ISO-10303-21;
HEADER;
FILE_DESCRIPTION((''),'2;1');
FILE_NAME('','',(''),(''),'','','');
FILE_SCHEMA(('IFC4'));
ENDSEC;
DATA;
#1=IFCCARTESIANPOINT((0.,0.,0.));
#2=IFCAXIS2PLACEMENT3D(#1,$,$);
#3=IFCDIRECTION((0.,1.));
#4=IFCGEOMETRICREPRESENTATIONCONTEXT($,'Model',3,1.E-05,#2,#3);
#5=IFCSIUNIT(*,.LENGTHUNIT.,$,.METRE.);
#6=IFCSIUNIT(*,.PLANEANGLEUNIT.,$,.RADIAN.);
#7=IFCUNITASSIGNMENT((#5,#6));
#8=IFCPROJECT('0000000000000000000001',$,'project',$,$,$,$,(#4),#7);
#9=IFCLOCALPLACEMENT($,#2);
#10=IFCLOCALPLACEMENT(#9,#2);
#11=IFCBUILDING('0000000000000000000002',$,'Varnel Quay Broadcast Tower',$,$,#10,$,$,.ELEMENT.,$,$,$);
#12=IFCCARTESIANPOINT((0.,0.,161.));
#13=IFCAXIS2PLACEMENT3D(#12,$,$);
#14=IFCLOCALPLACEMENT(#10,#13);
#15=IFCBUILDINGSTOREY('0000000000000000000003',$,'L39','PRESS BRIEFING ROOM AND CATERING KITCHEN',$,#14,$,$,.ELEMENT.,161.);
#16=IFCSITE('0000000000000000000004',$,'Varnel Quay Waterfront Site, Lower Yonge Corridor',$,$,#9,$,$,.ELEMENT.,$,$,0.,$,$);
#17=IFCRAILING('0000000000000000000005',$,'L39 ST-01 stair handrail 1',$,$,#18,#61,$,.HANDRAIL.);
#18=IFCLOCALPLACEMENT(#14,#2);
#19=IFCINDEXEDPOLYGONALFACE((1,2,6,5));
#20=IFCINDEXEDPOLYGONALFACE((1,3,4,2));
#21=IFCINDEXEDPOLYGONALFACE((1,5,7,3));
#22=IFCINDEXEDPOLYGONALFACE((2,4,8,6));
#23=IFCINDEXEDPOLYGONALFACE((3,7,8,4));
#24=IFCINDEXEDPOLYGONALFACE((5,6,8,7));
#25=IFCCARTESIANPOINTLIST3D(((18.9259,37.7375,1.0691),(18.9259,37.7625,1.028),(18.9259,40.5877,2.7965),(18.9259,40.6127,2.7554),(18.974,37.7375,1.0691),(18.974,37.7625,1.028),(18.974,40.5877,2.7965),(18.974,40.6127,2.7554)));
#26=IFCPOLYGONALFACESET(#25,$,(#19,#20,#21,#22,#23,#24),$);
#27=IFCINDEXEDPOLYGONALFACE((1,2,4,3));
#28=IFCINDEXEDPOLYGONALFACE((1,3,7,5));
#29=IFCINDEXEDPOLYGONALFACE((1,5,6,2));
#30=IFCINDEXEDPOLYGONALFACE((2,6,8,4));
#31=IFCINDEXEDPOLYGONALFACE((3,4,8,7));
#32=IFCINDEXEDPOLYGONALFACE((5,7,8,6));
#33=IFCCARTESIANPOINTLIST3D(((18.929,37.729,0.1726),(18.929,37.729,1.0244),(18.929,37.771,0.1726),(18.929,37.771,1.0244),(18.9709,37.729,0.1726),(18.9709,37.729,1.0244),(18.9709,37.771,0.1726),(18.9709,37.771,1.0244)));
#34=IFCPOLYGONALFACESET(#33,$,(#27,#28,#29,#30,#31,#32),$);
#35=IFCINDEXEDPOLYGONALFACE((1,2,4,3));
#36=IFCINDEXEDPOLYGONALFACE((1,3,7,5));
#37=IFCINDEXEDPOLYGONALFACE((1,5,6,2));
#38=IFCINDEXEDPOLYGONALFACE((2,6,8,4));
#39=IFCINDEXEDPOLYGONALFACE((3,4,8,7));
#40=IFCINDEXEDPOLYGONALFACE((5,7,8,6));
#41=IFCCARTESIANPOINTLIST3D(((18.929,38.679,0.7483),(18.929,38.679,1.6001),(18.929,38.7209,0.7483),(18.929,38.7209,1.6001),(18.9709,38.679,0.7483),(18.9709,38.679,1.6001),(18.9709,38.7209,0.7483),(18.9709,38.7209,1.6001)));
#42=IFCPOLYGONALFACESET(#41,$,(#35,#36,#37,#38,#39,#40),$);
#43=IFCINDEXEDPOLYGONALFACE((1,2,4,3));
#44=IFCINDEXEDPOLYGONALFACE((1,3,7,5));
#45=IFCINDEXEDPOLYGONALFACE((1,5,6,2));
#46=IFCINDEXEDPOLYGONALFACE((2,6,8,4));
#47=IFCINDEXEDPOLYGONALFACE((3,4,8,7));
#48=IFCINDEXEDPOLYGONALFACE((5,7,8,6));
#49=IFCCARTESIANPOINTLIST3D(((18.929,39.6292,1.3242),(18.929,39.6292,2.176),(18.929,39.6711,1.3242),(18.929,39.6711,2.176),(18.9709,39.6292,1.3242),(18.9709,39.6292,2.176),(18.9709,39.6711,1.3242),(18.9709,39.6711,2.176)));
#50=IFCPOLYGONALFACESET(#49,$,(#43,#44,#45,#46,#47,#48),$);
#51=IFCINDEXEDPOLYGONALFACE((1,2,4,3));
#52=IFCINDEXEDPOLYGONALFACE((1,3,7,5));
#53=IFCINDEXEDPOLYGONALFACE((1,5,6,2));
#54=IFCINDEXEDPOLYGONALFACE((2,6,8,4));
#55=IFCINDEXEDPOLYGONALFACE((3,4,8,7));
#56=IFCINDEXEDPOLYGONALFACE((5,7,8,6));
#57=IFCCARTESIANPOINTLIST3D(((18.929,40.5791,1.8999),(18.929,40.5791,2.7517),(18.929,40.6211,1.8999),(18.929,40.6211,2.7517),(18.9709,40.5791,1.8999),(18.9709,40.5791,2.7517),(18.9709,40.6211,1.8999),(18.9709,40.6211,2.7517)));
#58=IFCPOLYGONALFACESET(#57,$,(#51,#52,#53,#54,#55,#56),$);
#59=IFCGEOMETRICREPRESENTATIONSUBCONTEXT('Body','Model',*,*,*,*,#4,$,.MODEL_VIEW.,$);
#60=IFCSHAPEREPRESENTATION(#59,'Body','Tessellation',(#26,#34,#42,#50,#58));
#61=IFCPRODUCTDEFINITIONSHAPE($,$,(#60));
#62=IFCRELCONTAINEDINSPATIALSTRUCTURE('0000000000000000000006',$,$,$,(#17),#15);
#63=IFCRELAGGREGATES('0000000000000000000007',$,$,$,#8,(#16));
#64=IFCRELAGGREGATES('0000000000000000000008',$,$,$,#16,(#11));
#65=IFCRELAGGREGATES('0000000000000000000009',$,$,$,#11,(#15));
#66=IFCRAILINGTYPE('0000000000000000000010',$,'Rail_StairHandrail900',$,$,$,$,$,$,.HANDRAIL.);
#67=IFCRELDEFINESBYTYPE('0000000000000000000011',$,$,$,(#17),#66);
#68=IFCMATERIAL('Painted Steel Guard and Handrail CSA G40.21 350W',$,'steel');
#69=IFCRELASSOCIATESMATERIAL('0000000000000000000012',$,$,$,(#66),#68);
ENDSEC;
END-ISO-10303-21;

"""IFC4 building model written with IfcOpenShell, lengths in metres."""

from ifc_helpers import new_model, si_unit, direction, frame, origin, origin_2d, place, context, subcontext, project, spatial, rectangle, extrude, material, type_object, element, save


model = new_model("IFC4")

# Units and contexts
model_context = context("Model", 3, precision=1e-05, world=origin(), true_north=direction((0.0, 1.0)))
body_context = subcontext(model_context, "Body", "Model", "MODEL_VIEW")
ifc_project = project(units=[si_unit("LENGTHUNIT", "METRE"), si_unit("PLANEANGLEUNIT", "RADIAN")], contexts=[model_context])

# Site, building, storey
site_placement = place(None, origin())
site = spatial("IfcSite", under=ifc_project, at=site_placement, Name="Varnel Quay Waterfront Site, Lower Yonge Corridor", CompositionType="ELEMENT", RefElevation=0.0)
building_placement = place(site_placement, origin())
building = spatial("IfcBuilding", under=site, at=building_placement, Name="Varnel Quay Broadcast Tower", CompositionType="ELEMENT")
storey_placement = place(building_placement, frame((0.0, 0.0, 161.0)))
storey = spatial("IfcBuildingStorey", under=building, at=storey_placement, Name="L39", Description="PRESS BRIEFING ROOM AND CATERING KITCHEN", CompositionType="ELEMENT", Elevation=161.0)

# Railing
ifc_material_1 = material(Name="Painted Steel Guard and Handrail CSA G40.21 350W", Category="steel")
railing_type_1 = type_object("IfcRailingType", Name="Rail_StairHandrail900", PredefinedType="HANDRAIL", material=ifc_material_1)
railing_1_placement = place(storey_placement, frame((18.95, 37.75, 0.1726)))
element("IfcRailing", 1, at=railing_1_placement, inside=storey, type_object=railing_type_1, Name="L39 ST-01 stair handrail 1", PredefinedType="HANDRAIL", context=body_context, shape_type="SweptSolid", body=[
    extrude(rectangle(XDim=0.0481, YDim=0.0481, at=origin_2d()), frame((0.0, 0.0, 0.876), z_axis=(0.0, 0.855203, 0.518294), x_axis=(-1.0, 0.0, 0.0)), (0.0, 0.0, 1.0), 3.3328),
    extrude(rectangle(XDim=0.042, YDim=0.042, at=origin_2d()), origin(), (0.0, 0.0, 1.0), 0.8518),
    extrude(rectangle(XDim=0.042, YDim=0.042, at=origin_2d()), frame((0.0, 0.95, 0.5757)), (0.0, 0.0, 1.0), 0.8518),
    extrude(rectangle(XDim=0.042, YDim=0.042, at=origin_2d()), frame((0.0, 1.9001, 1.1516)), (0.0, 0.0, 1.0), 0.8518),
    extrude(rectangle(XDim=0.042, YDim=0.042, at=origin_2d()), frame((0.0, 2.8501, 1.7273)), (0.0, 0.0, 1.0), 0.8518),
])

save(model, "model.ifc")
